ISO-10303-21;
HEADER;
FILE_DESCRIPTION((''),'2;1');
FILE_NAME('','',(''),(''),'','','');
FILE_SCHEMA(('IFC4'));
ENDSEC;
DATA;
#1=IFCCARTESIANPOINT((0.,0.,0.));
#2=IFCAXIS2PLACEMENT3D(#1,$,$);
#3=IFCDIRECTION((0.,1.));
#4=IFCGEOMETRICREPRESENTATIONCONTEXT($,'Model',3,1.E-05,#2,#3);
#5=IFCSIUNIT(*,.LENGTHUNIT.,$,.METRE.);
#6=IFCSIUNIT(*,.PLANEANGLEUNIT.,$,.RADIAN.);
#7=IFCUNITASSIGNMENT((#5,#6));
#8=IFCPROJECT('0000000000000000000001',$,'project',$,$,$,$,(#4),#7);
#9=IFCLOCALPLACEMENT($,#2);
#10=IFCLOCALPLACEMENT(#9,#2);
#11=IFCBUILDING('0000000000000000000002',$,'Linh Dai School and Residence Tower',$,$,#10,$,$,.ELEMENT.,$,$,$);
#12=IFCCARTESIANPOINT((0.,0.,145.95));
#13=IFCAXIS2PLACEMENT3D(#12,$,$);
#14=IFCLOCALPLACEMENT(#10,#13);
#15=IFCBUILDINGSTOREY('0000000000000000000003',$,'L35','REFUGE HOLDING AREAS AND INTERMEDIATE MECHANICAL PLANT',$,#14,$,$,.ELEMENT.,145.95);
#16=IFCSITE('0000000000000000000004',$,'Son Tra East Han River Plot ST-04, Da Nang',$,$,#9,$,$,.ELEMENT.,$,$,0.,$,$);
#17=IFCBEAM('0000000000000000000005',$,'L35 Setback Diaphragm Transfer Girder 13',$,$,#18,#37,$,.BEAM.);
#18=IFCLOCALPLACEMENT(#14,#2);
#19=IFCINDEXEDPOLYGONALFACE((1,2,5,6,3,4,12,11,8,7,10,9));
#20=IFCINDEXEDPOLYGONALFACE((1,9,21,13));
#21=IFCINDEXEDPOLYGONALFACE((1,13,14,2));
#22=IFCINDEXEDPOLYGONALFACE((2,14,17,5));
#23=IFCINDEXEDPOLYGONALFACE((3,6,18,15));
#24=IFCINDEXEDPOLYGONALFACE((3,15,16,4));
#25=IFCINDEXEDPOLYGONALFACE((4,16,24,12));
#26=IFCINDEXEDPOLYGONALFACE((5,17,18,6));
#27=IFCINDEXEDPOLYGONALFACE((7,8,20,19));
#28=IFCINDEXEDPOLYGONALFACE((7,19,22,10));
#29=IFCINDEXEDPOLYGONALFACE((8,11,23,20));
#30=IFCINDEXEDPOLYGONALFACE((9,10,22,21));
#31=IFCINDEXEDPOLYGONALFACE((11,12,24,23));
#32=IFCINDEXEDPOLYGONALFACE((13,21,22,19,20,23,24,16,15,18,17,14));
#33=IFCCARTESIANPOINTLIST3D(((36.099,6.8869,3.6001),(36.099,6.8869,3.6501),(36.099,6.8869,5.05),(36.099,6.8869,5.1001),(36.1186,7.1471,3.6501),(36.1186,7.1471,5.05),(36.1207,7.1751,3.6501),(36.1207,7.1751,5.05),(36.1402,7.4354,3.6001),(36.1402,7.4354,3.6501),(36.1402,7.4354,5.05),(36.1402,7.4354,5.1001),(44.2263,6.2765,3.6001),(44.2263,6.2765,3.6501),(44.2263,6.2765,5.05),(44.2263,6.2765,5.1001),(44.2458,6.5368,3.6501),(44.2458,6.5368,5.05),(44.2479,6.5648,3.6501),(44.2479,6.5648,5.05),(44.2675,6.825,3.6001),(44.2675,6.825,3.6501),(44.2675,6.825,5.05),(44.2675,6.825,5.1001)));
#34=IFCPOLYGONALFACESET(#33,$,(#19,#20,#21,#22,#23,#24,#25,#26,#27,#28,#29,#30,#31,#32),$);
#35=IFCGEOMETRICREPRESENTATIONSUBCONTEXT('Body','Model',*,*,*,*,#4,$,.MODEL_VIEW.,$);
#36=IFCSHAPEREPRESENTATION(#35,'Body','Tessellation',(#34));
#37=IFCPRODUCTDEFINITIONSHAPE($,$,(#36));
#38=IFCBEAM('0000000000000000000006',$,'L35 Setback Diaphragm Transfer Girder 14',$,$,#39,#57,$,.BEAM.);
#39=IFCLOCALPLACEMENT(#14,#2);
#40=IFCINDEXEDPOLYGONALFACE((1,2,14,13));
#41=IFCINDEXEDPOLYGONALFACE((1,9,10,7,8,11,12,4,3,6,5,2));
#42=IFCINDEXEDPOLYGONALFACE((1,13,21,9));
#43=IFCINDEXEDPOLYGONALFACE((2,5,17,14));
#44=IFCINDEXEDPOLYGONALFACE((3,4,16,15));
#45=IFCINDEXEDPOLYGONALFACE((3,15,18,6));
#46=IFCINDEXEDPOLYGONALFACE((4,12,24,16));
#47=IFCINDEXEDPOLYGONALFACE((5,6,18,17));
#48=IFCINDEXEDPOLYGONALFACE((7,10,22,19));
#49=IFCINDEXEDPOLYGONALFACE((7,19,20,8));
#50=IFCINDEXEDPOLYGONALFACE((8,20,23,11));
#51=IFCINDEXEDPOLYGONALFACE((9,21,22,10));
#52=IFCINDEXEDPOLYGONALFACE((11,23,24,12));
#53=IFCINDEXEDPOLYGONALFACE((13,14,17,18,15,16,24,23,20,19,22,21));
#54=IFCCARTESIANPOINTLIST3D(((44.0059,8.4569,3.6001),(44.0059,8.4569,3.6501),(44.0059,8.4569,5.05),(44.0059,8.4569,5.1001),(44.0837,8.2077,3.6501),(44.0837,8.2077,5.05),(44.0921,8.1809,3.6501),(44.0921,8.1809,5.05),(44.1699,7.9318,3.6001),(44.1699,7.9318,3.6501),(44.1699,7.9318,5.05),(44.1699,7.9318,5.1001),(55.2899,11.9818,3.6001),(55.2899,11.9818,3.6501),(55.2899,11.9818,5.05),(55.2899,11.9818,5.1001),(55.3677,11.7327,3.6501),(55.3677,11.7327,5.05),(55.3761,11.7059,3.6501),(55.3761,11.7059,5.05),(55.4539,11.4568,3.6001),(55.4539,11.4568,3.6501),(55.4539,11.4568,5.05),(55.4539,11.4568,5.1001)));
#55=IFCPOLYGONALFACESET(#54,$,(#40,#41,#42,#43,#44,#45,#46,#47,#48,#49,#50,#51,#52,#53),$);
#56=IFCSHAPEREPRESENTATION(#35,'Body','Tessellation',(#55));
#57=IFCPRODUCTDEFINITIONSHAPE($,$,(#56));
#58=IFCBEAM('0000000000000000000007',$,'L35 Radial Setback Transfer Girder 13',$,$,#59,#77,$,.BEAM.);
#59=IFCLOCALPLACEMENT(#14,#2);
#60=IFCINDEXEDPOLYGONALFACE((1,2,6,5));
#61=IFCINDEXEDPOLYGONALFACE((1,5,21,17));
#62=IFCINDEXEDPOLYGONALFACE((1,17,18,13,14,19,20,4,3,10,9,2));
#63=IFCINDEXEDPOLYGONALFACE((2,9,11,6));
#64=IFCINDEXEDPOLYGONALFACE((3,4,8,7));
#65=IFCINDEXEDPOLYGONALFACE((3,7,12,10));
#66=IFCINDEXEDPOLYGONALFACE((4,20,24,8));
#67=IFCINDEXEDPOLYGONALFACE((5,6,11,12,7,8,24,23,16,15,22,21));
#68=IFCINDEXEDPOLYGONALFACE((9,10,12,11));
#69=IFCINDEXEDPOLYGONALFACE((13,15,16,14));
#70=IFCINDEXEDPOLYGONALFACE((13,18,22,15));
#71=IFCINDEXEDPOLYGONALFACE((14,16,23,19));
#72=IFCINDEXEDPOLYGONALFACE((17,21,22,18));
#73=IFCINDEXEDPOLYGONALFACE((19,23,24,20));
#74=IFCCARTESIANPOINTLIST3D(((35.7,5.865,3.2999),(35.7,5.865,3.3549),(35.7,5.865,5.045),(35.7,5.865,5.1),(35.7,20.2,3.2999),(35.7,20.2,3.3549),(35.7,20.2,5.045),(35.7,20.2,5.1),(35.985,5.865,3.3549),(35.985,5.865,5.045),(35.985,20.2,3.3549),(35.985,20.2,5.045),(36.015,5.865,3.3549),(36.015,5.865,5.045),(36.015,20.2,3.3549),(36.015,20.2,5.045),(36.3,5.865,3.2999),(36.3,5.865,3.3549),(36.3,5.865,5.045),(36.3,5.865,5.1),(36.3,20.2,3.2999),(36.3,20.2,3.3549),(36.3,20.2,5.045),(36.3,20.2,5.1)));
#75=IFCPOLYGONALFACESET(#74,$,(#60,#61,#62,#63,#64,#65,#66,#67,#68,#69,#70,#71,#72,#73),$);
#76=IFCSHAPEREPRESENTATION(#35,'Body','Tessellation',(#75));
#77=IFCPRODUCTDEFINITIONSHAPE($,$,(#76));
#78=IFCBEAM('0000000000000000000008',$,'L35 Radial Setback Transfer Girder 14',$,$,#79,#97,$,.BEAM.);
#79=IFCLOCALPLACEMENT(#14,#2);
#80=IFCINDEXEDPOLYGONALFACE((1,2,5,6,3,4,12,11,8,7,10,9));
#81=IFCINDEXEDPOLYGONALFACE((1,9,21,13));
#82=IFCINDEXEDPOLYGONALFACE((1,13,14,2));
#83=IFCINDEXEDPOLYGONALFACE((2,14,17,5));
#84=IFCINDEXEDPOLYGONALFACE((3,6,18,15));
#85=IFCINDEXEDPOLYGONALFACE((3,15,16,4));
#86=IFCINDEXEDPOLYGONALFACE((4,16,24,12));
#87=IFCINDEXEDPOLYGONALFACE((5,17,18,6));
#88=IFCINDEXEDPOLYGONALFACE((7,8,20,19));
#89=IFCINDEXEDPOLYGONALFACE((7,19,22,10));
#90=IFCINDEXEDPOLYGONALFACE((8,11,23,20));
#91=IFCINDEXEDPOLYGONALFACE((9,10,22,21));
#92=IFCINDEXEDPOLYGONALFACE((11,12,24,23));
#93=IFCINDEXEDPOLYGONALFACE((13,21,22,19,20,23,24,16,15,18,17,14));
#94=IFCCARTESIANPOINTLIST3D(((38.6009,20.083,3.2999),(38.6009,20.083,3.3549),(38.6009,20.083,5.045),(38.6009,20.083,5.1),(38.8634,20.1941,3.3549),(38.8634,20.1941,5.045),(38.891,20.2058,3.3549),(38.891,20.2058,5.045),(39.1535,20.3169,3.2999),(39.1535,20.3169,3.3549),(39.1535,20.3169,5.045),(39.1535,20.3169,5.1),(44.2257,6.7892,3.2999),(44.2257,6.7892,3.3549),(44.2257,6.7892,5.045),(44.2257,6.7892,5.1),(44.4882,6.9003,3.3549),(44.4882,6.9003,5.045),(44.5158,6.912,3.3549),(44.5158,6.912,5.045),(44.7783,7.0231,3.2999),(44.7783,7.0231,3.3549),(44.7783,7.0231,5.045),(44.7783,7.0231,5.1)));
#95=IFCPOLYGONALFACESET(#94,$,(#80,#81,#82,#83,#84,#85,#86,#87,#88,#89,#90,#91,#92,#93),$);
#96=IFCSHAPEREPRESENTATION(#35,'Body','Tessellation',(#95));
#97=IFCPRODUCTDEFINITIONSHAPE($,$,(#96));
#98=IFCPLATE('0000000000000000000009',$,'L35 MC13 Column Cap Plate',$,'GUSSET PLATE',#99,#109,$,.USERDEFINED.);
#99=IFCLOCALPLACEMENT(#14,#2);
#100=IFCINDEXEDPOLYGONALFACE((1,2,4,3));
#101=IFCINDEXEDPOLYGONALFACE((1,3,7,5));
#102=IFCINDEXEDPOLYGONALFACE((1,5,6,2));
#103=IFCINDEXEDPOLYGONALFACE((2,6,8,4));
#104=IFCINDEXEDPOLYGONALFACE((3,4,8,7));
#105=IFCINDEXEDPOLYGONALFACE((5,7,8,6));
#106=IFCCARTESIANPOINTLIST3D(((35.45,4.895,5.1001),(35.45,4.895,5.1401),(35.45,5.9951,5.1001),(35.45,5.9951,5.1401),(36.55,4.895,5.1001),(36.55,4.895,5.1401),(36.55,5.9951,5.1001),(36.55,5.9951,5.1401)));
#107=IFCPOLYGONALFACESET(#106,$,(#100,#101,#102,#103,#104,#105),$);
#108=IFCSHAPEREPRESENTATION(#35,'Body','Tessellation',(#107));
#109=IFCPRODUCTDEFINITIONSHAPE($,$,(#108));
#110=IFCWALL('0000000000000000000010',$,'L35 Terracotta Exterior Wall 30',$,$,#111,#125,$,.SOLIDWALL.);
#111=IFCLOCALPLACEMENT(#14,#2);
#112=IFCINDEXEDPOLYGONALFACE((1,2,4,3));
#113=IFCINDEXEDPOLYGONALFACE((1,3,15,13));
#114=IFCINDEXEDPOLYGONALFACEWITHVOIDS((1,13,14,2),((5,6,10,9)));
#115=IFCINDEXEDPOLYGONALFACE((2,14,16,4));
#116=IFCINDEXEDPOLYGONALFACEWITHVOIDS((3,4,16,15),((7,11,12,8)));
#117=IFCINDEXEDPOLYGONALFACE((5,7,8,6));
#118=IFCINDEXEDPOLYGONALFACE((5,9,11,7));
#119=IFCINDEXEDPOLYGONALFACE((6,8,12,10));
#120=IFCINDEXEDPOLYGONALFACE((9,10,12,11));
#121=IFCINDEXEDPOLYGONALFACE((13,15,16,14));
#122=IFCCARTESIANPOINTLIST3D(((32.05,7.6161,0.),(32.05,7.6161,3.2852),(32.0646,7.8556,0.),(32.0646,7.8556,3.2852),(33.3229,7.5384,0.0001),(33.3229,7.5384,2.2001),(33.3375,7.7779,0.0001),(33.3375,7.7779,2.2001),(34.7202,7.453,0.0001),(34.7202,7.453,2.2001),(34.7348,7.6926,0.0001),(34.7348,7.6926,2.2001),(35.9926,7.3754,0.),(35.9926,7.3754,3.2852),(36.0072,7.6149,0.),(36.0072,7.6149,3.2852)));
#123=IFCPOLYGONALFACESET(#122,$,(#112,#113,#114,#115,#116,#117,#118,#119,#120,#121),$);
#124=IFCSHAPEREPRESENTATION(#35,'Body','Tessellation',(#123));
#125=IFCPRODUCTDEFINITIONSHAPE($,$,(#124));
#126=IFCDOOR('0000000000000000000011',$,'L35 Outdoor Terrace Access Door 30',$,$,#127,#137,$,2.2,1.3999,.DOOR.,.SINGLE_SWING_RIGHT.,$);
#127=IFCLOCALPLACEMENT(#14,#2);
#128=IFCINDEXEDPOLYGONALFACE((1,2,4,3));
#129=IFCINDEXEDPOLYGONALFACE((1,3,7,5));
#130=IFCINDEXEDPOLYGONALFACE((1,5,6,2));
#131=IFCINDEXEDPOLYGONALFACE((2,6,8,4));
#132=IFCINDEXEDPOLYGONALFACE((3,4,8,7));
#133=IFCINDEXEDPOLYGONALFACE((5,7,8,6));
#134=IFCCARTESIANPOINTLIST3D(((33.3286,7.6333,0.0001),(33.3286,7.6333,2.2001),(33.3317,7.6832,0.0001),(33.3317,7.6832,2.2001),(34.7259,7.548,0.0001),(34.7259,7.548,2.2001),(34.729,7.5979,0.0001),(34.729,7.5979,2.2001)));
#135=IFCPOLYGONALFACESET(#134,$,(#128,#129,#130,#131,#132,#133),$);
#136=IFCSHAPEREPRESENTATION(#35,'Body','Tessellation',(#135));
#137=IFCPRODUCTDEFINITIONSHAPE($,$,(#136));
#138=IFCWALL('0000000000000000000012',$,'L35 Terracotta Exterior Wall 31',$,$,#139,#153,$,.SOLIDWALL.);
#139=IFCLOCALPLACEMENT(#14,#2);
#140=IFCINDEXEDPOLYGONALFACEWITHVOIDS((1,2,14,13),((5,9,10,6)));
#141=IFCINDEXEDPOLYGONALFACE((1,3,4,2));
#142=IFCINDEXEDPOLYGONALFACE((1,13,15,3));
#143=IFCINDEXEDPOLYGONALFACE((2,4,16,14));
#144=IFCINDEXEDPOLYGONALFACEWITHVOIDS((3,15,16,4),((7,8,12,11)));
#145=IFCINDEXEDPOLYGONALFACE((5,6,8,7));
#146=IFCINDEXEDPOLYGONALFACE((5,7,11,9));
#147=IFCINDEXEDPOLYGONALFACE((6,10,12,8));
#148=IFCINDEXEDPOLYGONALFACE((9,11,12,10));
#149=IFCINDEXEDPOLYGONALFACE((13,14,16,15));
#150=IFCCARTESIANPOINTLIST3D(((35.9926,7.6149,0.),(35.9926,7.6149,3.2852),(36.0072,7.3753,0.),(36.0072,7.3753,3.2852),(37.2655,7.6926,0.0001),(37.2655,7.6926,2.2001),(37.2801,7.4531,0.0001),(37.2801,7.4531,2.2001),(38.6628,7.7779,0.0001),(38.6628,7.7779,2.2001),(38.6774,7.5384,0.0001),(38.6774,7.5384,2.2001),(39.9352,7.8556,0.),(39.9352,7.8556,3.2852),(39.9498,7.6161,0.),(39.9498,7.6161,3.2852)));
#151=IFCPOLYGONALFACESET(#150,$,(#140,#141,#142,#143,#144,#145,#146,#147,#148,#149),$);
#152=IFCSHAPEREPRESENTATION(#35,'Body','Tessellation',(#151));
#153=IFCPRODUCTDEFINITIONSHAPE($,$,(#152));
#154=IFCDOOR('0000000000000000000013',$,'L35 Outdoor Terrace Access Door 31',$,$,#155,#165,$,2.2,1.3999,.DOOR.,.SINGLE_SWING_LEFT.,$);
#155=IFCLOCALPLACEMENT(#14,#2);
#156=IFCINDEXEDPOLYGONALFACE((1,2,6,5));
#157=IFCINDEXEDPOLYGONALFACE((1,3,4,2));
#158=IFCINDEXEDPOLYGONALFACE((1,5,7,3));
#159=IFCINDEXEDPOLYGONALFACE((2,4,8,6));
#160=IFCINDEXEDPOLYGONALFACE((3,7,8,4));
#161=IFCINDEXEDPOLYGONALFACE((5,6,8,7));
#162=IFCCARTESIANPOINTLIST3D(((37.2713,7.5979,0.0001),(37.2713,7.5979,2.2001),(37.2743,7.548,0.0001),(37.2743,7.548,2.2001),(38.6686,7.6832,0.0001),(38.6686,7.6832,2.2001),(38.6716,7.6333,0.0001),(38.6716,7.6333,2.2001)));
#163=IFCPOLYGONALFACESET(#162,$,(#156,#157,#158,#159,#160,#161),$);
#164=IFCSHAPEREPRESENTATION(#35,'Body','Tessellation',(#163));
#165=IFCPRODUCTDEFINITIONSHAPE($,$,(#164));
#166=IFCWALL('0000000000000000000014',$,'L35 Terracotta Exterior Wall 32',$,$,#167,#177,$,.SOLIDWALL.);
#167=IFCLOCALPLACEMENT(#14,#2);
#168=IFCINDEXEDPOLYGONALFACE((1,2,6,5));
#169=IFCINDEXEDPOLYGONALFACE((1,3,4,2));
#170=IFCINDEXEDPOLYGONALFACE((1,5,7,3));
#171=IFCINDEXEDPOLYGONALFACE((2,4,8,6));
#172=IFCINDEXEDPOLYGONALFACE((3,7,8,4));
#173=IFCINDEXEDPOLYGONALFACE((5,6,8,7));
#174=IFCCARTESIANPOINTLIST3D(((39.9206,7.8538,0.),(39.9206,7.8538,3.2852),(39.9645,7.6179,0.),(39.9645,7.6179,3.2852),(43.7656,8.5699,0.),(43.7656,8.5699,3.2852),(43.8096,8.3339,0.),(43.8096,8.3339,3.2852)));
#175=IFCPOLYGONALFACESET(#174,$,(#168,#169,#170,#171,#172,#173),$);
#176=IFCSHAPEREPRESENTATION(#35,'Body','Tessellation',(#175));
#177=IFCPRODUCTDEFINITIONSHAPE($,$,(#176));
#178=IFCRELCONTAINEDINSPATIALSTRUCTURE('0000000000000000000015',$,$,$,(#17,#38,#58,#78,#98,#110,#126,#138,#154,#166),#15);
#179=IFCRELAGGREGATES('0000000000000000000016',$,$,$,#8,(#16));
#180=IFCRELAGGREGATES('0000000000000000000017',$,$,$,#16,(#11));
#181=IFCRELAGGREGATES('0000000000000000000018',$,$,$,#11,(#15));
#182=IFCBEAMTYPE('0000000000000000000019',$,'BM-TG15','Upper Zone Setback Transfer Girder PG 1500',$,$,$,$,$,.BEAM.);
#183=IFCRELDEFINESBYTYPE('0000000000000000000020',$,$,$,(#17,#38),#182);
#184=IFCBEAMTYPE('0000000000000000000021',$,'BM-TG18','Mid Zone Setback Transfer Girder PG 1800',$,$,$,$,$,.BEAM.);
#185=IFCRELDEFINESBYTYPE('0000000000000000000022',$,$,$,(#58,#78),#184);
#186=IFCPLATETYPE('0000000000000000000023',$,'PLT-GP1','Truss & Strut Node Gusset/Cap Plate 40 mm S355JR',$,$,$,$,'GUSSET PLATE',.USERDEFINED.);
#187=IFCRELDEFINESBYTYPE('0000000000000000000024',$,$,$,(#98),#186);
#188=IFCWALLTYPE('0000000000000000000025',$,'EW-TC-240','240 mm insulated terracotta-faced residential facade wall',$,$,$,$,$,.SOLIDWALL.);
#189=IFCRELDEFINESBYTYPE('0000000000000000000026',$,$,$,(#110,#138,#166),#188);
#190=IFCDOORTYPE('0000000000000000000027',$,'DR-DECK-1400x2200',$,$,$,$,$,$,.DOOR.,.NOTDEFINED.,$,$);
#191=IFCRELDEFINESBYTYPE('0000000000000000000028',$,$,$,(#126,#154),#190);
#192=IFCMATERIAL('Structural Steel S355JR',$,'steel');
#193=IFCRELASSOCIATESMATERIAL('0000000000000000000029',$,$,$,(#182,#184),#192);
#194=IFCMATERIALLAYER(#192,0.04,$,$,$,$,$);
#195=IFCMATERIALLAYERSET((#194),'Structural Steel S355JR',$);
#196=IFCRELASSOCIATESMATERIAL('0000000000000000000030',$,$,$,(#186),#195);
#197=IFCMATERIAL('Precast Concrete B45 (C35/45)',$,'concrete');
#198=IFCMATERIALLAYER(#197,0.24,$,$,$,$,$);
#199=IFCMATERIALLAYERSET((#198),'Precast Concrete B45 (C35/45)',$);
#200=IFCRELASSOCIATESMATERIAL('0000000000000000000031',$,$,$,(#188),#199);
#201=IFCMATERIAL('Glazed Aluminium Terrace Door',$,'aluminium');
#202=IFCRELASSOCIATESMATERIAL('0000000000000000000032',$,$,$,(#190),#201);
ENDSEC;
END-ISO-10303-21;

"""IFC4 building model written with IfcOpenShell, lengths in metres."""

from ifc_helpers import new_model, si_unit, direction, frame, frame_2d, origin, origin_2d, place, context, subcontext, project, spatial, rectangle, i_section, extrude, source, transform, mapped, material, layer, layer_set, material_profile, profile_set, type_object, element, fill, save


model = new_model("IFC4")

# Units and contexts
model_context = context("Model", 3, precision=1e-05, world=origin(), true_north=direction((0.0, 1.0)))
body_context = subcontext(model_context, "Body", "Model", "MODEL_VIEW")
ifc_project = project(units=[si_unit("LENGTHUNIT", "METRE"), si_unit("PLANEANGLEUNIT", "RADIAN")], contexts=[model_context])

# Site, building, storey
site_placement = place(None, origin())
site = spatial("IfcSite", under=ifc_project, at=site_placement, Name="Son Tra East Han River Plot ST-04, Da Nang", CompositionType="ELEMENT", RefElevation=0.0)
building_placement = place(site_placement, origin())
building = spatial("IfcBuilding", under=site, at=building_placement, Name="Linh Dai School and Residence Tower", CompositionType="ELEMENT")
storey_placement = place(building_placement, frame((0.0, 0.0, 145.95)))
storey = spatial("IfcBuildingStorey", under=building, at=storey_placement, Name="L35", Description="REFUGE HOLDING AREAS AND INTERMEDIATE MECHANICAL PLANT", CompositionType="ELEMENT", Elevation=145.95)

# Shared definitions
ifc_material_1 = material(Name="Structural Steel S355JR", Category="steel")

# Beams
ifc_material_profile_1 = material_profile(ifc_material_1, i_section(OverallWidth=0.55, OverallDepth=1.5, WebThickness=0.0281, FlangeThickness=0.05, at=origin_2d()), Name="PG 1500x550x28x50")
ifc_profile_set_1 = profile_set([ifc_material_profile_1], Name="Structural Steel S355JR")
beam_type_1 = type_object("IfcBeamType", Name="BM-TG15", Description="Upper Zone Setback Transfer Girder PG 1500", PredefinedType="BEAM", material=ifc_profile_set_1)
beam_1_placement = place(storey_placement, frame((36.1196, 7.1611, 4.3501), z_axis=(0.997192, -0.074889, 0.0), x_axis=(0.074889, 0.997192, 0.0)))
element("IfcBeam", 1, at=beam_1_placement, inside=storey, type_object=beam_type_1, Name="L35 Setback Diaphragm Transfer Girder 13", PredefinedType="BEAM", context=body_context, shape_type="SweptSolid", body=[
    extrude(i_section(OverallWidth=0.55, OverallDepth=1.5, WebThickness=0.0281, FlangeThickness=0.05, at=origin_2d()), origin(), (0.0, 0.0, 1.0), 8.1501),
])
beam_2_placement = place(storey_placement, frame((44.0879, 8.1943, 4.3501), z_axis=(0.954512, 0.298173, 0.0), x_axis=(-0.298173, 0.954512, 0.0)))
element("IfcBeam", 2, at=beam_2_placement, inside=storey, type_object=beam_type_1, Name="L35 Setback Diaphragm Transfer Girder 14", PredefinedType="BEAM", context=body_context, shape_type="SweptSolid", body=[
    extrude(i_section(OverallWidth=0.55, OverallDepth=1.5, WebThickness=0.0281, FlangeThickness=0.05, at=origin_2d()), origin(), (0.0, 0.0, 1.0), 11.8218),
])
ifc_material_profile_2 = material_profile(ifc_material_1, i_section(OverallWidth=0.6001, OverallDepth=1.8, WebThickness=0.03, FlangeThickness=0.0549, at=origin_2d()), Name="PG 1800x600x30x55")
ifc_profile_set_2 = profile_set([ifc_material_profile_2], Name="Structural Steel S355JR")
beam_type_2 = type_object("IfcBeamType", Name="BM-TG18", Description="Mid Zone Setback Transfer Girder PG 1800", PredefinedType="BEAM", material=ifc_profile_set_2)
beam_3_placement = place(storey_placement, frame((36.0, 20.2, 4.2), z_axis=(0.0, -1.0, 0.0), x_axis=(1.0, 0.0, 0.0)))
element("IfcBeam", 3, at=beam_3_placement, inside=storey, type_object=beam_type_2, Name="L35 Radial Setback Transfer Girder 13", PredefinedType="BEAM", context=body_context, shape_type="SweptSolid", body=[
    extrude(i_section(OverallWidth=0.6001, OverallDepth=1.8, WebThickness=0.03, FlangeThickness=0.0549, at=origin_2d()), origin(), (0.0, 0.0, 1.0), 14.335),
])
beam_4_placement = place(storey_placement, frame((38.8772, 20.2, 4.2), z_axis=(0.389669, -0.920955, 0.0), x_axis=(0.920955, 0.389669, 0.0)))
element("IfcBeam", 4, at=beam_4_placement, inside=storey, type_object=beam_type_2, Name="L35 Radial Setback Transfer Girder 14", PredefinedType="BEAM", context=body_context, shape_type="SweptSolid", body=[
    extrude(i_section(OverallWidth=0.6001, OverallDepth=1.8, WebThickness=0.03, FlangeThickness=0.0549, at=origin_2d()), origin(), (0.0, 0.0, 1.0), 14.4348),
])

# Plate
ifc_layer_1 = layer(ifc_material_1, 0.04)
ifc_layer_set_1 = layer_set([ifc_layer_1], Name="Structural Steel S355JR")
plate_type = type_object("IfcPlateType", Name="PLT-GP1", Description="Truss & Strut Node Gusset/Cap Plate 40 mm S355JR", ElementType="GUSSET PLATE", PredefinedType="USERDEFINED", material=ifc_layer_set_1)
shared_shape_1 = source(origin(), body_context, "Body", "SweptSolid", [
    extrude(rectangle(XDim=1.1001, YDim=1.1001, at=origin_2d()), origin(), (0.0, 0.0, 1.0), 0.04),
])
plate_placement = place(storey_placement, frame((36.0, 5.4451, 5.1001), z_axis=(0.0, 0.0, 1.0), x_axis=(1.0, 0.0, 0.0)))
element("IfcPlate", 5, at=plate_placement, inside=storey, type_object=plate_type, Name="L35 MC13 Column Cap Plate", ObjectType="GUSSET PLATE", PredefinedType="USERDEFINED", context=body_context, shape_type="MappedRepresentation", body=[
    mapped(shared_shape_1, transform((0.0, 0.0, 0.0), x_axis=(1.0, 0.0, 0.0), y_axis=(0.0, 1.0, 0.0), z_axis=(0.0, 0.0, 1.0), scale=1.0)),
])

# Walls, openings, doors
ifc_material_2 = material(Name="Precast Concrete B45 (C35/45)", Category="concrete")
ifc_layer_2 = layer(ifc_material_2, 0.24)
ifc_layer_set_2 = layer_set([ifc_layer_2], Name="Precast Concrete B45 (C35/45)")
wall_type_1 = type_object("IfcWallType", Name="EW-TC-240", Description="240 mm insulated terracotta-faced residential facade wall", PredefinedType="SOLIDWALL", material=ifc_layer_set_2)
wall_1_placement = place(storey_placement, frame((36.0, 7.4951, 0.0), z_axis=(0.0, 0.0, 1.0), x_axis=(-0.998141, 0.060943, 0.0)))
wall_1 = element("IfcWall", 6, at=wall_1_placement, inside=storey, type_object=wall_type_1, Name="L35 Terracotta Exterior Wall 30", PredefinedType="SOLIDWALL", context=body_context, shape_type="SweptSolid", body=[
    extrude(rectangle(XDim=3.95, YDim=0.24, at=frame_2d((1.9751, 0.0))), origin(), (0.0, 0.0, 1.0), 3.2852),
])
opening_1_placement = place(wall_1_placement, frame((1.2749, 0.0, 0.0)))
opening_1 = element("IfcOpeningElement", 7, at=opening_1_placement, cuts=wall_1, PredefinedType="OPENING", context=body_context, shape_type="SweptSolid", body=[
    extrude(rectangle(XDim=1.3999, YDim=2.2, at=origin_2d()), frame((0.7, 0.1299, 1.1001), z_axis=(0.0, -1.0, 0.0), x_axis=(1.0, 0.0, 0.0)), (0.0, 0.0, 1.0), 0.26),
])
ifc_material_3 = material(Name="Glazed Aluminium Terrace Door", Category="aluminium")
door_type_1 = type_object("IfcDoorType", Name="DR-DECK-1400x2200", OperationType="NOTDEFINED", PredefinedType="DOOR", material=ifc_material_3)
shared_shape_2 = source(origin(), body_context, "Body", "SweptSolid", [
    extrude(rectangle(XDim=1.3999, YDim=2.2, at=origin_2d()), frame((0.7, 0.0249, 1.1001), z_axis=(0.0, -1.0, 0.0), x_axis=(1.0, 0.0, 0.0)), (0.0, 0.0, 1.0), 0.05),
])
door_1_placement = place(opening_1_placement, origin())
door_1 = element("IfcDoor", 8, at=door_1_placement, inside=storey, type_object=door_type_1, Name="L35 Outdoor Terrace Access Door 30", OperationType="SINGLE_SWING_RIGHT", OverallHeight=2.2, OverallWidth=1.3999, PredefinedType="DOOR", context=body_context, shape_type="MappedRepresentation", body=[
    mapped(shared_shape_2, transform((0.0, 0.0, 0.0), x_axis=(1.0, 0.0, 0.0), y_axis=(0.0, 1.0, 0.0), z_axis=(0.0, 0.0, 1.0), scale=1.0)),
])
fill(opening_1, door_1)
wall_2_placement = place(storey_placement, frame((39.9426, 7.7358, 0.0), z_axis=(0.0, 0.0, 1.0), x_axis=(-0.998141, -0.060943, 0.0)))
wall_2 = element("IfcWall", 9, at=wall_2_placement, inside=storey, type_object=wall_type_1, Name="L35 Terracotta Exterior Wall 31", PredefinedType="SOLIDWALL", context=body_context, shape_type="SweptSolid", body=[
    extrude(rectangle(XDim=3.95, YDim=0.24, at=frame_2d((1.9751, 0.0))), origin(), (0.0, 0.0, 1.0), 3.2852),
])
opening_2_placement = place(wall_2_placement, frame((1.2749, 0.0, 0.0)))
opening_2 = element("IfcOpeningElement", 10, at=opening_2_placement, cuts=wall_2, PredefinedType="OPENING", context=body_context, shape_type="SweptSolid", body=[
    extrude(rectangle(XDim=1.3999, YDim=2.2, at=origin_2d()), frame((0.7, 0.1299, 1.1001), z_axis=(0.0, -1.0, 0.0), x_axis=(1.0, 0.0, 0.0)), (0.0, 0.0, 1.0), 0.26),
])
door_2_placement = place(opening_2_placement, origin())
door_2 = element("IfcDoor", 11, at=door_2_placement, inside=storey, type_object=door_type_1, Name="L35 Outdoor Terrace Access Door 31", OperationType="SINGLE_SWING_LEFT", OverallHeight=2.2, OverallWidth=1.3999, PredefinedType="DOOR", context=body_context, shape_type="MappedRepresentation", body=[
    mapped(shared_shape_2, transform((0.0, 0.0, 0.0), x_axis=(1.0, 0.0, 0.0), y_axis=(0.0, 1.0, 0.0), z_axis=(0.0, 0.0, 1.0), scale=1.0)),
])
fill(opening_2, door_2)

# Wall
wall_3_placement = place(storey_placement, frame((43.7876, 8.4519, 0.0), z_axis=(0.0, 0.0, 1.0), x_axis=(-0.983097, -0.183086, 0.0)))
element("IfcWall", 12, at=wall_3_placement, inside=storey, type_object=wall_type_1, Name="L35 Terracotta Exterior Wall 32", PredefinedType="SOLIDWALL", context=body_context, shape_type="SweptSolid", body=[
    extrude(rectangle(XDim=3.9111, YDim=0.24, at=frame_2d((1.9556, 0.0))), origin(), (0.0, 0.0, 1.0), 3.2852),
])

save(model, "model.ifc")
